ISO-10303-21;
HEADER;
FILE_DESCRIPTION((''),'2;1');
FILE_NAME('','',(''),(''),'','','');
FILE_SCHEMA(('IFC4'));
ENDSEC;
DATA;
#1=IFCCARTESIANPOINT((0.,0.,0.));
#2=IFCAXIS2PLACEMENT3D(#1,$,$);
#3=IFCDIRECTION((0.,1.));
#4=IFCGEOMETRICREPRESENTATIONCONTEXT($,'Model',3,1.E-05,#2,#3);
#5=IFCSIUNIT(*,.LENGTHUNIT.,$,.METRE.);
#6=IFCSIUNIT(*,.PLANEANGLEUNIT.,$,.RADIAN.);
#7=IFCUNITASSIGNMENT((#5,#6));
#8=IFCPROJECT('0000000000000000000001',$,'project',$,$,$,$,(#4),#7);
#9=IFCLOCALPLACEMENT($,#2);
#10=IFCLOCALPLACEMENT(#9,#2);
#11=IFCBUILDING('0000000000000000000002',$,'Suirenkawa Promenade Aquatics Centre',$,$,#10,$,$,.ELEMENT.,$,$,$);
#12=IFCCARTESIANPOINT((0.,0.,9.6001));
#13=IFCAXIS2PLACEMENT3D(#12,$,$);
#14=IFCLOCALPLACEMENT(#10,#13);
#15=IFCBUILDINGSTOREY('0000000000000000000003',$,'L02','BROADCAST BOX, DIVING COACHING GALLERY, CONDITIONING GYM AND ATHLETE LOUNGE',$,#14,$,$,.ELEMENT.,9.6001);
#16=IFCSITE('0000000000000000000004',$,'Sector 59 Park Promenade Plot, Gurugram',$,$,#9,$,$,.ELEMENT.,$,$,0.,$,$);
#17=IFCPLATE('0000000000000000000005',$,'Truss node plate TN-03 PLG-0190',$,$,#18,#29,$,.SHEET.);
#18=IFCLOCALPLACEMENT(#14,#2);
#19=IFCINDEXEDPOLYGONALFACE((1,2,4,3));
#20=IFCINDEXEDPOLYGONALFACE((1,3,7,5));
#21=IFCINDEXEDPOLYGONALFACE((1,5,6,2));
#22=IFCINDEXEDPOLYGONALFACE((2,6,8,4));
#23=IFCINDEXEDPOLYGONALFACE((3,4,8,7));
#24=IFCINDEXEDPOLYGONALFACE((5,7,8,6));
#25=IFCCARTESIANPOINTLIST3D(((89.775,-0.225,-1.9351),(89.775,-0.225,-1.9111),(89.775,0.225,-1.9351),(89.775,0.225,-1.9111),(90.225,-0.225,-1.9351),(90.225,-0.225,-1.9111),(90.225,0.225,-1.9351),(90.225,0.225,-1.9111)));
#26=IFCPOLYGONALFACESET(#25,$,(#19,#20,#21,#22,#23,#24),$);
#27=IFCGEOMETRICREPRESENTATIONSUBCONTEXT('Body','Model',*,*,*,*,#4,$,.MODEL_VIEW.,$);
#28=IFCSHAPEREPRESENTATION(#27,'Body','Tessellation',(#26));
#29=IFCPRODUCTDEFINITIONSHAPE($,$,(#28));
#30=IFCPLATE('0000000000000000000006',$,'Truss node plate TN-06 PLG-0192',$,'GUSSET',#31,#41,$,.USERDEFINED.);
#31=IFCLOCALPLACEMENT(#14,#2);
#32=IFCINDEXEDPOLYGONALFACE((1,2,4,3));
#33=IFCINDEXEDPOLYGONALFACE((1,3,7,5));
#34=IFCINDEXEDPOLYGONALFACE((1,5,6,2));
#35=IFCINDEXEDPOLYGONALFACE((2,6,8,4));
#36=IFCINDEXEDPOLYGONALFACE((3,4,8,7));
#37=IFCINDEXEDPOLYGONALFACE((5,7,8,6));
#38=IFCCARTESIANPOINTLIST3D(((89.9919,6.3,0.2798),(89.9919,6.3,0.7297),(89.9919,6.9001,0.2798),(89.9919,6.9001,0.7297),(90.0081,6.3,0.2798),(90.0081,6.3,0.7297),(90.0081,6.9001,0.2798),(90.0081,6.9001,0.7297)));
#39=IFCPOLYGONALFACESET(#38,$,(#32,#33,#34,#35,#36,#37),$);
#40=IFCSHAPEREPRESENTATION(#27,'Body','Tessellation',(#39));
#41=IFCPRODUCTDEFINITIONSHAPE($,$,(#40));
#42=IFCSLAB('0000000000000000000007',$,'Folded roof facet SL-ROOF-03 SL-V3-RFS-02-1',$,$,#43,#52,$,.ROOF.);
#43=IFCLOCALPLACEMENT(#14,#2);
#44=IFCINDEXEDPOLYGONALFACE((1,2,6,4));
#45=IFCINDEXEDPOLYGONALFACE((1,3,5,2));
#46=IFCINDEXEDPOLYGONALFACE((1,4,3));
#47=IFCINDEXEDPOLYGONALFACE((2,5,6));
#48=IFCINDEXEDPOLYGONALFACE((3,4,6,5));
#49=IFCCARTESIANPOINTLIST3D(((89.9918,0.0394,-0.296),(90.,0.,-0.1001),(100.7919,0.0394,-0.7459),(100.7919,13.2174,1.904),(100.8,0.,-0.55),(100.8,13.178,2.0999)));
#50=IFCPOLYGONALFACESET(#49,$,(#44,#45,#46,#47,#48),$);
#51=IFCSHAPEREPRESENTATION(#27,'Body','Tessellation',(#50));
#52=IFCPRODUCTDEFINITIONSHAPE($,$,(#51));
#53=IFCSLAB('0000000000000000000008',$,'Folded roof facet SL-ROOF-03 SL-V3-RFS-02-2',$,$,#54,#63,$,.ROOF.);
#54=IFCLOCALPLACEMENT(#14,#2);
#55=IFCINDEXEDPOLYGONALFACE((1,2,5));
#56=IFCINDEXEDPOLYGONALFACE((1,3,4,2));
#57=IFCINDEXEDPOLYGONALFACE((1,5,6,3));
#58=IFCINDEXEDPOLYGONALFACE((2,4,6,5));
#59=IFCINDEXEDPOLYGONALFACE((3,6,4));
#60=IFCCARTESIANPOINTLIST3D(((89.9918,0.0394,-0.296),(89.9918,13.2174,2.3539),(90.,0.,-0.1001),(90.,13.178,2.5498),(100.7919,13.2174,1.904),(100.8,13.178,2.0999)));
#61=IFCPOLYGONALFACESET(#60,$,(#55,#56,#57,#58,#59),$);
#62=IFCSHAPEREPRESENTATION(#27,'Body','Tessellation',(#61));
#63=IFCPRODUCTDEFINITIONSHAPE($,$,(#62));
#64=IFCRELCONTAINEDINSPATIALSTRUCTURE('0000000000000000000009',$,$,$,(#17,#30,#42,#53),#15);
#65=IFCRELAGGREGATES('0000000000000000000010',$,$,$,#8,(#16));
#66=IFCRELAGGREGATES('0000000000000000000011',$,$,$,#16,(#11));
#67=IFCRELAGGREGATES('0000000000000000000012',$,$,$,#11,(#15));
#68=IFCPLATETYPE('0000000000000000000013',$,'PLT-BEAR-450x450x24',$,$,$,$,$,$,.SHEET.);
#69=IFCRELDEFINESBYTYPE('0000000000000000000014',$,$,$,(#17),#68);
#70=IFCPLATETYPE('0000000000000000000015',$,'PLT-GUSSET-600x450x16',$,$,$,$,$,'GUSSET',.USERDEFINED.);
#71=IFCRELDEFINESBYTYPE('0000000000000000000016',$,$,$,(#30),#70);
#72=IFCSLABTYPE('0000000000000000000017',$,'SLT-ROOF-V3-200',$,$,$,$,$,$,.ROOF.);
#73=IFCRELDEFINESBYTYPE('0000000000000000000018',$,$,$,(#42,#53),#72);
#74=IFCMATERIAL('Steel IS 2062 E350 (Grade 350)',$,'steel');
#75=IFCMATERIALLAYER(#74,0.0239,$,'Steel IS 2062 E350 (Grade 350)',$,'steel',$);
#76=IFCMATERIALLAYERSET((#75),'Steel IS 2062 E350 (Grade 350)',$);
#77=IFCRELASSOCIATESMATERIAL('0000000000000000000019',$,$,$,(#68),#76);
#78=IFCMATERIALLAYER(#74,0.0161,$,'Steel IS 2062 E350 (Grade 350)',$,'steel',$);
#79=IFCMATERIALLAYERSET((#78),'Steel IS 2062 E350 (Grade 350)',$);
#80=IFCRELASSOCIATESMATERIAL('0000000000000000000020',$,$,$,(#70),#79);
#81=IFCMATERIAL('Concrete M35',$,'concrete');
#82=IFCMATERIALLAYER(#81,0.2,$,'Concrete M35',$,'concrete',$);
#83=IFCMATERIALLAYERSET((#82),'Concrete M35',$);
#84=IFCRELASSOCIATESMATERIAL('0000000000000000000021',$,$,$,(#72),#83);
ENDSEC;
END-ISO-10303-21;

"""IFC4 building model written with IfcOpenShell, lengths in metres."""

from ifc_helpers import new_model, si_unit, direction, frame, origin, origin_2d, place, context, subcontext, project, spatial, polyline, rectangle, outline, extrude, material, layer, layer_set, type_object, element, save


model = new_model("IFC4")

# Units and contexts
model_context = context("Model", 3, precision=1e-05, world=origin(), true_north=direction((0.0, 1.0)))
body_context = subcontext(model_context, "Body", "Model", "MODEL_VIEW")
ifc_project = project(units=[si_unit("LENGTHUNIT", "METRE"), si_unit("PLANEANGLEUNIT", "RADIAN")], contexts=[model_context])

# Site, building, storey
site_placement = place(None, origin())
site = spatial("IfcSite", under=ifc_project, at=site_placement, Name="Sector 59 Park Promenade Plot, Gurugram", CompositionType="ELEMENT", RefElevation=0.0)
building_placement = place(site_placement, origin())
building = spatial("IfcBuilding", under=site, at=building_placement, Name="Suirenkawa Promenade Aquatics Centre", CompositionType="ELEMENT")
storey_placement = place(building_placement, frame((0.0, 0.0, 9.6001)))
storey = spatial("IfcBuildingStorey", under=building, at=storey_placement, Name="L02", Description="BROADCAST BOX, DIVING COACHING GALLERY, CONDITIONING GYM AND ATHLETE LOUNGE", CompositionType="ELEMENT", Elevation=9.6001)

# Shared definitions
ifc_material_1 = material(Name="Steel IS 2062 E350 (Grade 350)", Category="steel")

# Plates
ifc_layer_1 = layer(ifc_material_1, 0.0239, Name="Steel IS 2062 E350 (Grade 350)", Category="steel")
ifc_layer_set_1 = layer_set([ifc_layer_1], Name="Steel IS 2062 E350 (Grade 350)")
plate_type_1 = type_object("IfcPlateType", Name="PLT-BEAR-450x450x24", PredefinedType="SHEET", material=ifc_layer_set_1)
plate_1_placement = place(storey_placement, frame((90.0, 0.0, -1.9351), z_axis=(0.0, 0.0, 1.0), x_axis=(1.0, 0.0, 0.0)))
element("IfcPlate", 1, at=plate_1_placement, inside=storey, type_object=plate_type_1, Name="Truss node plate TN-03 PLG-0190", PredefinedType="SHEET", context=body_context, shape_type="SweptSolid", body=[
    extrude(rectangle(XDim=0.45, YDim=0.45, at=origin_2d()), origin(), (0.0, 0.0, 1.0), 0.0239),
])
ifc_layer_2 = layer(ifc_material_1, 0.0161, Name="Steel IS 2062 E350 (Grade 350)", Category="steel")
ifc_layer_set_2 = layer_set([ifc_layer_2], Name="Steel IS 2062 E350 (Grade 350)")
plate_type_2 = type_object("IfcPlateType", Name="PLT-GUSSET-600x450x16", ElementType="GUSSET", PredefinedType="USERDEFINED", material=ifc_layer_set_2)
plate_2_placement = place(storey_placement, frame((90.0, 6.6001, 0.2798), z_axis=(0.0, 0.0, 1.0), x_axis=(0.0, 1.0, 0.0)))
element("IfcPlate", 2, at=plate_2_placement, inside=storey, type_object=plate_type_2, Name="Truss node plate TN-06 PLG-0192", ObjectType="GUSSET", PredefinedType="USERDEFINED", context=body_context, shape_type="SweptSolid", body=[
    extrude(rectangle(XDim=0.6001, YDim=0.0161, at=origin_2d()), origin(), (0.0, 0.0, 1.0), 0.45),
])

# Slabs
ifc_material_2 = material(Name="Concrete M35", Category="concrete")
ifc_layer_3 = layer(ifc_material_2, 0.2, Name="Concrete M35", Category="concrete")
ifc_layer_set_3 = layer_set([ifc_layer_3], Name="Concrete M35")
slab_type = type_object("IfcSlabType", Name="SLT-ROOF-V3-200", PredefinedType="ROOF", material=ifc_layer_set_3)
slab_1_placement = place(storey_placement, frame((90.0, 0.0, -0.1001), z_axis=(0.04081, -0.196975, 0.979559), x_axis=(0.999133, 0.0, -0.041626)))
element("IfcSlab", 3, at=slab_1_placement, inside=storey, type_object=slab_type, Name="Folded roof facet SL-ROOF-03 SL-V3-RFS-02-1", PredefinedType="ROOF", context=body_context, shape_type="SweptSolid", body=[
    extrude(outline(polyline([(0.0, 0.0), (10.8094, 0.0), (10.6991, 13.4413), (0.0, 0.0)])), origin(), (0.0, 0.0, -1.0), 0.2),
])
slab_2_placement = place(storey_placement, frame((90.0, 0.0, -0.1001), z_axis=(0.04081, -0.196975, 0.979559), x_axis=(0.628654, 0.76707, 0.128056)))
element("IfcSlab", 4, at=slab_2_placement, inside=storey, type_object=slab_type, Name="Folded roof facet SL-ROOF-03 SL-V3-RFS-02-2", PredefinedType="ROOF", context=body_context, shape_type="SweptSolid", body=[
    extrude(outline(polyline([(0.0, 0.0), (17.1796, 0.0), (10.4478, 8.4573), (0.0, 0.0)])), origin(), (0.0, 0.0, -1.0), 0.2),
])

save(model, "model.ifc")
